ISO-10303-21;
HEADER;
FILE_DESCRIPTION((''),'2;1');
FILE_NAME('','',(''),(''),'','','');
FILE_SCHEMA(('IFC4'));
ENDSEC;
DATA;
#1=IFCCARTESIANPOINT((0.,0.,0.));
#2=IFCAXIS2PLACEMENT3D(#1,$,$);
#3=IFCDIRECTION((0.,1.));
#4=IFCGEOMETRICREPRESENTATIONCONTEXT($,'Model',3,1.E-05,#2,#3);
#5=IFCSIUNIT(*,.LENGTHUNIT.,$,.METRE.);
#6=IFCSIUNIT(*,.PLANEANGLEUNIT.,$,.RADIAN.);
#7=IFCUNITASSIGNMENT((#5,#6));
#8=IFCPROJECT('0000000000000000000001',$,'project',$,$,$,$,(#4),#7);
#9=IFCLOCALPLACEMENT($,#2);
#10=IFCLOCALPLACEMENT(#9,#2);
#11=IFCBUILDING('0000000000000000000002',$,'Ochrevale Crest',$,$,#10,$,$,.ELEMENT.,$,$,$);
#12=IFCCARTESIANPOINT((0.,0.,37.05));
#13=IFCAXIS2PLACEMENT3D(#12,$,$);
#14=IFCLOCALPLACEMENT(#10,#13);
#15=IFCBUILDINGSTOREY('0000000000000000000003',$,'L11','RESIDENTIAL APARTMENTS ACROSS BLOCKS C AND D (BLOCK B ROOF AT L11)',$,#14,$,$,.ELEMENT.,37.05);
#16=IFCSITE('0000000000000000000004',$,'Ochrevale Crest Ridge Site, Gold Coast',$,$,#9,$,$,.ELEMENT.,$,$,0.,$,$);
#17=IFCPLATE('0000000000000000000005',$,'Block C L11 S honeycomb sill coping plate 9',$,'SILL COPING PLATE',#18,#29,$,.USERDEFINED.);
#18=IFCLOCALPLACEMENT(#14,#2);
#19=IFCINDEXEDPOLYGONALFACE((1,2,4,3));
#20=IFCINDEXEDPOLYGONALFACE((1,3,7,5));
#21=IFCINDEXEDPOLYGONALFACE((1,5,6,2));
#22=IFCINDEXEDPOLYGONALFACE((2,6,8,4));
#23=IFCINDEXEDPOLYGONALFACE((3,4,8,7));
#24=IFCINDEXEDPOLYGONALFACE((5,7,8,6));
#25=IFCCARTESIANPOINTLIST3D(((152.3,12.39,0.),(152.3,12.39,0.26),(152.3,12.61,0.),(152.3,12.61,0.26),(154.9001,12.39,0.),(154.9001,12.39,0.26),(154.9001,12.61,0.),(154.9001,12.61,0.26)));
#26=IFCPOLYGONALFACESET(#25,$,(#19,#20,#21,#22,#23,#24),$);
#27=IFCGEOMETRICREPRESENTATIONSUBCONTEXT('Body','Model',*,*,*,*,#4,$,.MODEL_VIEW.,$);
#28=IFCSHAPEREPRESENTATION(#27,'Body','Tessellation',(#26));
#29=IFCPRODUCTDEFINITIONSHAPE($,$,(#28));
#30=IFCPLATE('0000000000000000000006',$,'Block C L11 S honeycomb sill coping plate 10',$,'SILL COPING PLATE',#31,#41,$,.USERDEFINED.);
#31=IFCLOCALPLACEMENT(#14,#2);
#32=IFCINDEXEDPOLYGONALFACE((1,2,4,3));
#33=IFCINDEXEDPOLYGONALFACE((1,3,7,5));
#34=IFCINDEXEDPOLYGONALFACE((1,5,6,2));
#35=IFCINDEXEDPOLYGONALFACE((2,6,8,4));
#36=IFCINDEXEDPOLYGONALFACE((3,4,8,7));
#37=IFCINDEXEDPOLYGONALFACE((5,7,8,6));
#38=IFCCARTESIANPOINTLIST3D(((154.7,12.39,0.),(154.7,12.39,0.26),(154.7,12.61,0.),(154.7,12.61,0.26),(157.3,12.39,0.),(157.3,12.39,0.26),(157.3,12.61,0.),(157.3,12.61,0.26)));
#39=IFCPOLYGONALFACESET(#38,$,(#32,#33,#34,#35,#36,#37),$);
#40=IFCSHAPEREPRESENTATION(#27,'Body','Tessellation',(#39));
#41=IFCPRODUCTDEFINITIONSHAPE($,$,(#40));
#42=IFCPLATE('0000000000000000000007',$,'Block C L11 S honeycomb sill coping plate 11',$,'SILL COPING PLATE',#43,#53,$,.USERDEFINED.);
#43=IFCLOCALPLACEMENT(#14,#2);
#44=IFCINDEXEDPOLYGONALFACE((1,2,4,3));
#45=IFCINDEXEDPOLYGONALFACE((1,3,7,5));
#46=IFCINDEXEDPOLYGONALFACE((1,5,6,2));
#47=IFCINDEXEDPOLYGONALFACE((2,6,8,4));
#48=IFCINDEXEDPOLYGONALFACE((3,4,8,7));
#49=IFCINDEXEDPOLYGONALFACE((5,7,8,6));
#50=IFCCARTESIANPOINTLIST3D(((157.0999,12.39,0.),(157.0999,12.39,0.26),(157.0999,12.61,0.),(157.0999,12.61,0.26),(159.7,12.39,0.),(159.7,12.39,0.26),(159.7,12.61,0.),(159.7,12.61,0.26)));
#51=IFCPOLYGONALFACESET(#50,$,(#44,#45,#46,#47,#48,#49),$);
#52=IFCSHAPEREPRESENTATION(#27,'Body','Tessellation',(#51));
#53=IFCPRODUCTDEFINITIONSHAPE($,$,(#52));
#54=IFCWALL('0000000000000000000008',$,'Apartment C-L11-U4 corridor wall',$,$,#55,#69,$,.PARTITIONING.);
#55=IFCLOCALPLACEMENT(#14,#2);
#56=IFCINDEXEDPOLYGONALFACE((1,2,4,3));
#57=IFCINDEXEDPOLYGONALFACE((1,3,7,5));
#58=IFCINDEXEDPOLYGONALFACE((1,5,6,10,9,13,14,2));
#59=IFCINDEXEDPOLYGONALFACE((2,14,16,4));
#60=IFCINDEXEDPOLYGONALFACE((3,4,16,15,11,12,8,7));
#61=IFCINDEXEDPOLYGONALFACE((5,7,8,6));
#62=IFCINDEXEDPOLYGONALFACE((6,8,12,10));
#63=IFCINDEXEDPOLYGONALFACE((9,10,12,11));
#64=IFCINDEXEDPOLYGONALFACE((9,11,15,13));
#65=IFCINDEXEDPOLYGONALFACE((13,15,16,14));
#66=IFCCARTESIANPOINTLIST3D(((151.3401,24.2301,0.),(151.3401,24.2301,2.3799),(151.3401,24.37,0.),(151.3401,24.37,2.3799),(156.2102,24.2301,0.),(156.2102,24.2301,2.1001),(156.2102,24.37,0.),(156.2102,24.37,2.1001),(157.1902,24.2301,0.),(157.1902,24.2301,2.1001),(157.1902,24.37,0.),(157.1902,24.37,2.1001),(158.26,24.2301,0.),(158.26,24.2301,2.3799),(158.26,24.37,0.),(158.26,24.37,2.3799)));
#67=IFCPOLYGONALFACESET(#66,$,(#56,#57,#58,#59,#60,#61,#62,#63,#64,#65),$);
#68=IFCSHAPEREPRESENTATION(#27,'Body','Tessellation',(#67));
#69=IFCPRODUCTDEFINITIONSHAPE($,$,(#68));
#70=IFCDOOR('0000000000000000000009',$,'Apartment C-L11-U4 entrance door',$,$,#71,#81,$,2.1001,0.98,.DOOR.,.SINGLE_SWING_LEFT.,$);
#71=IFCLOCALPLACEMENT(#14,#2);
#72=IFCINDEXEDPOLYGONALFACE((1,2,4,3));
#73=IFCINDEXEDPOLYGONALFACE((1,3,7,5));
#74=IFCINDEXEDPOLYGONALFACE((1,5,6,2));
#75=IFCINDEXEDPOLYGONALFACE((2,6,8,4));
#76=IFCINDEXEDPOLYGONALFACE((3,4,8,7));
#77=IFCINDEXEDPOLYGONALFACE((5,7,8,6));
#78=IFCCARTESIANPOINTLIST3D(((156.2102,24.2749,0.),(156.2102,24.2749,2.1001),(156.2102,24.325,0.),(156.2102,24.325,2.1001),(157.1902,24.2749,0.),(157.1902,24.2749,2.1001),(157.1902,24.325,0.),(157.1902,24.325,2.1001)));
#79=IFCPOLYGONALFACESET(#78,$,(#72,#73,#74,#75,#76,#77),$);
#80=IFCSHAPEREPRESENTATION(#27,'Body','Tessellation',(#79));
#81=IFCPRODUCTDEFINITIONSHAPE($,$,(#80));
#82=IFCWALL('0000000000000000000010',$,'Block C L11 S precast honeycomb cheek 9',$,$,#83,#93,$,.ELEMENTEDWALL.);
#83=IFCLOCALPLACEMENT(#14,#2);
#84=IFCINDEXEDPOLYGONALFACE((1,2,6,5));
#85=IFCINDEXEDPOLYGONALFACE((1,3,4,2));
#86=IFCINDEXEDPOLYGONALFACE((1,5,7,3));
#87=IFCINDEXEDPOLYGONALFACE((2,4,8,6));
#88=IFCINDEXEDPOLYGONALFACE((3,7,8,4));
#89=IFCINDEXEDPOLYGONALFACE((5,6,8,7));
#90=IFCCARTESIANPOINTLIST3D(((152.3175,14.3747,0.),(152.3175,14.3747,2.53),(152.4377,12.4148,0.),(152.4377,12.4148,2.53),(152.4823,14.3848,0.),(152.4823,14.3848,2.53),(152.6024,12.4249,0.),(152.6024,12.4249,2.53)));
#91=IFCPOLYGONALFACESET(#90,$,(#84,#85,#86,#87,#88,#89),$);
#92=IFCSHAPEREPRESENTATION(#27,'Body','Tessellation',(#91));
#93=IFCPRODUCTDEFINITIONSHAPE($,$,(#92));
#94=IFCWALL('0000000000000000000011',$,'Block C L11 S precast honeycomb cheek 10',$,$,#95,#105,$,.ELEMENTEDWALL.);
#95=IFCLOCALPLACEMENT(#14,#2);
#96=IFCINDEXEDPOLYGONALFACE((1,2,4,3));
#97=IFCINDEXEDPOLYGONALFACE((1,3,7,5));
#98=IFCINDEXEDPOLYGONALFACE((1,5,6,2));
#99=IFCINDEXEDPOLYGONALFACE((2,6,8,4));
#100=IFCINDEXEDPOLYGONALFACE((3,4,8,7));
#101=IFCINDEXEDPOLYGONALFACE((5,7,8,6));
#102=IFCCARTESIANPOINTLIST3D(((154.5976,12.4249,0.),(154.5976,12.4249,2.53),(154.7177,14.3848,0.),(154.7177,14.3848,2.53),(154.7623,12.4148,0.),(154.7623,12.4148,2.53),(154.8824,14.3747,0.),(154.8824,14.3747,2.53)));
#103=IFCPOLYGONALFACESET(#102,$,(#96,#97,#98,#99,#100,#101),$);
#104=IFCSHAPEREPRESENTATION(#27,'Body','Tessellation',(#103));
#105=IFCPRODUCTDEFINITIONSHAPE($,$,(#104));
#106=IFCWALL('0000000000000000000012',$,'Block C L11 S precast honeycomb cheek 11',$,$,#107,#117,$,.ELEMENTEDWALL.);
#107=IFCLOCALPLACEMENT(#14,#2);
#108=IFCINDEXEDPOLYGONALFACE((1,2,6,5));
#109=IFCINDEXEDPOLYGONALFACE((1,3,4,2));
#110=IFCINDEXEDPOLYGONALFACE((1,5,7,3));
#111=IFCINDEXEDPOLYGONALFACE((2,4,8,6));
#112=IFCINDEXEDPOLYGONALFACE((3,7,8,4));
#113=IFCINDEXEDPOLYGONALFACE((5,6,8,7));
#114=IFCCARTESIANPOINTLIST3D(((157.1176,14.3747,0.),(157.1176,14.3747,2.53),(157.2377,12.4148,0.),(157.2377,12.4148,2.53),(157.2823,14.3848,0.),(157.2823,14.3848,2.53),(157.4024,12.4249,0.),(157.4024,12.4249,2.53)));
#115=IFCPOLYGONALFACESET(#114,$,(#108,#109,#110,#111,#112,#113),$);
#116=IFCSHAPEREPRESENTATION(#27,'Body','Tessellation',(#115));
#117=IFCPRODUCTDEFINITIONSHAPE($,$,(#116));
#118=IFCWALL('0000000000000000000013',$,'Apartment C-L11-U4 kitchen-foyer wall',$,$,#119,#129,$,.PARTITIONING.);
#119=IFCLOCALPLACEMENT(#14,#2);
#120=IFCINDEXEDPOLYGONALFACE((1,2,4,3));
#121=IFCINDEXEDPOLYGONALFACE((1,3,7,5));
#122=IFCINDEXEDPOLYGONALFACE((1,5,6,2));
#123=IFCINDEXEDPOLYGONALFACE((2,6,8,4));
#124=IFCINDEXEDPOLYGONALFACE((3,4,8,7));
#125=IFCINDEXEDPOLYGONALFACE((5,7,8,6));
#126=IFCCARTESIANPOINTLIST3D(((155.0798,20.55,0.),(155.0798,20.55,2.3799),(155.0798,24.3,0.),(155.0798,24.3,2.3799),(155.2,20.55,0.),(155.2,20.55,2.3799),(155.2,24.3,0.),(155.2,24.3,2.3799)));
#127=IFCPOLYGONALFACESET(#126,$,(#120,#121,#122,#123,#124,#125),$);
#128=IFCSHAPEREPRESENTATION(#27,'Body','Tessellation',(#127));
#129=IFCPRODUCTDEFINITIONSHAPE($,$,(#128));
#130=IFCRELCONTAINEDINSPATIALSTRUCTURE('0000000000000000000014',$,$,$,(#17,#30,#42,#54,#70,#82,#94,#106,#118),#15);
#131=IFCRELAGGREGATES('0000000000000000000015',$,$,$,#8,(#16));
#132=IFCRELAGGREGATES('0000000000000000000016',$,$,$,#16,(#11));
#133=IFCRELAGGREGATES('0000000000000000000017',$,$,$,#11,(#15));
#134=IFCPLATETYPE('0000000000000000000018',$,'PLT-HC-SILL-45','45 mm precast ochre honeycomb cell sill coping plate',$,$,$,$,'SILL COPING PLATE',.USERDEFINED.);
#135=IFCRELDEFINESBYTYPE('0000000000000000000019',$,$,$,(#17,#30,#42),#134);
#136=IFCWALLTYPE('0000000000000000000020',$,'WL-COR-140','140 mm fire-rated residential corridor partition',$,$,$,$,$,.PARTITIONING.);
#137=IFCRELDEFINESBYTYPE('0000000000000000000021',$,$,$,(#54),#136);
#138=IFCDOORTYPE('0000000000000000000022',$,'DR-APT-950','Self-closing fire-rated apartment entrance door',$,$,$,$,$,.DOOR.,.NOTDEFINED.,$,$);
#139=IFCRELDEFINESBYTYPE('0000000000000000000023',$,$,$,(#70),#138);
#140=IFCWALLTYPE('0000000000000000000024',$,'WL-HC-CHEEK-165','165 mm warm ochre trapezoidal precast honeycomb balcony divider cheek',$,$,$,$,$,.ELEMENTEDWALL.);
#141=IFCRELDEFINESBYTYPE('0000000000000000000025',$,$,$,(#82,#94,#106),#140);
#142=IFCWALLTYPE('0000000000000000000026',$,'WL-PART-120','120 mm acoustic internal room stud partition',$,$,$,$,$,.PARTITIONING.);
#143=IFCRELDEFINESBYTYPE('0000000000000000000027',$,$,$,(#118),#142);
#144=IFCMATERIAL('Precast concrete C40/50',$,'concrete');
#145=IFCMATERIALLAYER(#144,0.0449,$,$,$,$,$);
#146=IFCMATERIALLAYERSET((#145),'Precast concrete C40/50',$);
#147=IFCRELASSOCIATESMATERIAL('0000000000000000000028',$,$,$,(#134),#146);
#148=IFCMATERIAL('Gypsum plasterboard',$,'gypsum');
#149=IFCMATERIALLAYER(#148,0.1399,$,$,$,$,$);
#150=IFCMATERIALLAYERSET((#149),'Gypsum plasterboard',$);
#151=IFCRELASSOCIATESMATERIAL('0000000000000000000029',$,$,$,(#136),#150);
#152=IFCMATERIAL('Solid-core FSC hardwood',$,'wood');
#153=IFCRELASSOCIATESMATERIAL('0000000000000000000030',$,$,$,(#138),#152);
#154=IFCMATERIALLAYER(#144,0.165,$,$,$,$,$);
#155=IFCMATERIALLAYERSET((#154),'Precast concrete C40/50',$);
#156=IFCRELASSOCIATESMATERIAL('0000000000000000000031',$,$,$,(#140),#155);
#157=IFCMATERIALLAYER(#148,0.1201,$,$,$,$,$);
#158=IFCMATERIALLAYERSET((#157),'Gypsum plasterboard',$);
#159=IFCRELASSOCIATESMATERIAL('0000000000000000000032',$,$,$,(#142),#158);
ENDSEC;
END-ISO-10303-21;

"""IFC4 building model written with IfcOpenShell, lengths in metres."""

from ifc_helpers import new_model, si_unit, direction, frame, frame_2d, origin, origin_2d, place, context, subcontext, project, spatial, rectangle, extrude, material, layer, layer_set, type_object, element, fill, save


model = new_model("IFC4")

# Units and contexts
model_context = context("Model", 3, precision=1e-05, world=origin(), true_north=direction((0.0, 1.0)))
body_context = subcontext(model_context, "Body", "Model", "MODEL_VIEW")
ifc_project = project(units=[si_unit("LENGTHUNIT", "METRE"), si_unit("PLANEANGLEUNIT", "RADIAN")], contexts=[model_context])

# Site, building, storey
site_placement = place(None, origin())
site = spatial("IfcSite", under=ifc_project, at=site_placement, Name="Ochrevale Crest Ridge Site, Gold Coast", CompositionType="ELEMENT", RefElevation=0.0)
building_placement = place(site_placement, origin())
building = spatial("IfcBuilding", under=site, at=building_placement, Name="Ochrevale Crest", CompositionType="ELEMENT")
storey_placement = place(building_placement, frame((0.0, 0.0, 37.05)))
storey = spatial("IfcBuildingStorey", under=building, at=storey_placement, Name="L11", Description="RESIDENTIAL APARTMENTS ACROSS BLOCKS C AND D (BLOCK B ROOF AT L11)", CompositionType="ELEMENT", Elevation=37.05)

# Shared definitions
ifc_material_1 = material(Name="Precast concrete C40/50", Category="concrete")

# Plates
ifc_layer_1 = layer(ifc_material_1, 0.0449)
ifc_layer_set_1 = layer_set([ifc_layer_1], Name="Precast concrete C40/50")
plate_type_1 = type_object("IfcPlateType", Name="PLT-HC-SILL-45", Description="45 mm precast ochre honeycomb cell sill coping plate", ElementType="SILL COPING PLATE", PredefinedType="USERDEFINED", material=ifc_layer_set_1)
for number, where, z_axis, x_axis, name in (
    (1, (153.6001, 12.5, 0.0), (0.0, 0.0, 1.0), (1.0, 0.0, 0.0), "Block C L11 S honeycomb sill coping plate 9"),
    (2, (156.0, 12.5, 0.0), (0.0, 0.0, 1.0), (1.0, 0.0, 0.0), "Block C L11 S honeycomb sill coping plate 10"),
    (3, (158.3999, 12.5, 0.0), (0.0, 0.0, 1.0), (1.0, 0.0, 0.0), "Block C L11 S honeycomb sill coping plate 11"),
):
    element("IfcPlate", number, at=place(storey_placement, frame(where, z_axis=z_axis, x_axis=x_axis)), inside=storey, type_object=plate_type_1, Name=name, ObjectType="SILL COPING PLATE", PredefinedType="USERDEFINED", context=body_context, shape_type="SweptSolid", body=[
        extrude(rectangle(XDim=2.6001, YDim=0.22, at=origin_2d()), origin(), (0.0, 0.0, 1.0), 0.26),
    ])

# Wall, opening, door
ifc_material_2 = material(Name="Gypsum plasterboard", Category="gypsum")
ifc_layer_2 = layer(ifc_material_2, 0.1399)
ifc_layer_set_2 = layer_set([ifc_layer_2], Name="Gypsum plasterboard")
wall_type_1 = type_object("IfcWallType", Name="WL-COR-140", Description="140 mm fire-rated residential corridor partition", PredefinedType="PARTITIONING", material=ifc_layer_set_2)
wall_1_placement = place(storey_placement, frame((151.3401, 24.3, 0.0), z_axis=(0.0, 0.0, 1.0), x_axis=(1.0, 0.0, 0.0)))
wall_1 = element("IfcWall", 4, at=wall_1_placement, inside=storey, type_object=wall_type_1, Name="Apartment C-L11-U4 corridor wall", PredefinedType="PARTITIONING", context=body_context, shape_type="SweptSolid", body=[
    extrude(rectangle(XDim=6.9199, YDim=0.1399, at=frame_2d((3.46, 0.0))), origin(), (0.0, 0.0, 1.0), 2.3799),
])
opening_1_placement = place(wall_1_placement, frame((4.8701, 0.0, 0.0)))
opening_1 = element("IfcOpeningElement", 5, at=opening_1_placement, cuts=wall_1, PredefinedType="OPENING", context=body_context, shape_type="SweptSolid", body=[
    extrude(rectangle(XDim=0.98, YDim=2.1001, at=frame_2d((0.49, 1.05))), frame((0.0, 0.0801, 0.0), z_axis=(0.0, -1.0, 0.0), x_axis=(1.0, 0.0, 0.0)), (0.0, 0.0, 1.0), 0.1599),
])
ifc_material_3 = material(Name="Solid-core FSC hardwood", Category="wood")
door_type_1 = type_object("IfcDoorType", Name="DR-APT-950", Description="Self-closing fire-rated apartment entrance door", OperationType="NOTDEFINED", PredefinedType="DOOR", material=ifc_material_3)
door_1_placement = place(opening_1_placement, origin())
door_1 = element("IfcDoor", 6, at=door_1_placement, inside=storey, type_object=door_type_1, Name="Apartment C-L11-U4 entrance door", OperationType="SINGLE_SWING_LEFT", OverallHeight=2.1001, OverallWidth=0.98, PredefinedType="DOOR", context=body_context, shape_type="SweptSolid", body=[
    extrude(rectangle(XDim=0.98, YDim=2.1001, at=frame_2d((0.49, 1.05))), frame((0.0, 0.0249, 0.0), z_axis=(0.0, -1.0, 0.0), x_axis=(1.0, 0.0, 0.0)), (0.0, 0.0, 1.0), 0.05),
])
fill(opening_1, door_1)

# Walls
ifc_layer_3 = layer(ifc_material_1, 0.165)
ifc_layer_set_3 = layer_set([ifc_layer_3], Name="Precast concrete C40/50")
wall_type_2 = type_object("IfcWallType", Name="WL-HC-CHEEK-165", Description="165 mm warm ochre trapezoidal precast honeycomb balcony divider cheek", PredefinedType="ELEMENTEDWALL", material=ifc_layer_set_3)
for number, where, z_axis, x_axis, name in (
    (7, (152.3999, 14.3799, 0.0), (0.0, 0.0, 1.0), (0.061171, -0.998127, 0.0), "Block C L11 S precast honeycomb cheek 9"),
    (8, (154.8, 14.3799, 0.0), (0.0, 0.0, 1.0), (-0.061171, -0.998127, 0.0), "Block C L11 S precast honeycomb cheek 10"),
    (9, (157.2, 14.3799, 0.0), (0.0, 0.0, 1.0), (0.061171, -0.998127, 0.0), "Block C L11 S precast honeycomb cheek 11"),
):
    element("IfcWall", number, at=place(storey_placement, frame(where, z_axis=z_axis, x_axis=x_axis)), inside=storey, type_object=wall_type_2, Name=name, PredefinedType="ELEMENTEDWALL", context=body_context, shape_type="SweptSolid", body=[
        extrude(rectangle(XDim=1.9636, YDim=0.165, at=frame_2d((0.9819, 0.0))), origin(), (0.0, 0.0, 1.0), 2.53),
    ])
ifc_layer_4 = layer(ifc_material_2, 0.1201)
ifc_layer_set_4 = layer_set([ifc_layer_4], Name="Gypsum plasterboard")
wall_type_3 = type_object("IfcWallType", Name="WL-PART-120", Description="120 mm acoustic internal room stud partition", PredefinedType="PARTITIONING", material=ifc_layer_set_4)
wall_2_placement = place(storey_placement, frame((155.1399, 20.55, 0.0), z_axis=(0.0, 0.0, 1.0), x_axis=(0.0, 1.0, 0.0)))
element("IfcWall", 10, at=wall_2_placement, inside=storey, type_object=wall_type_3, Name="Apartment C-L11-U4 kitchen-foyer wall", PredefinedType="PARTITIONING", context=body_context, shape_type="SweptSolid", body=[
    extrude(rectangle(XDim=3.75, YDim=0.1201, at=frame_2d((1.875, 0.0))), origin(), (0.0, 0.0, 1.0), 2.3799),
])

save(model, "model.ifc")
